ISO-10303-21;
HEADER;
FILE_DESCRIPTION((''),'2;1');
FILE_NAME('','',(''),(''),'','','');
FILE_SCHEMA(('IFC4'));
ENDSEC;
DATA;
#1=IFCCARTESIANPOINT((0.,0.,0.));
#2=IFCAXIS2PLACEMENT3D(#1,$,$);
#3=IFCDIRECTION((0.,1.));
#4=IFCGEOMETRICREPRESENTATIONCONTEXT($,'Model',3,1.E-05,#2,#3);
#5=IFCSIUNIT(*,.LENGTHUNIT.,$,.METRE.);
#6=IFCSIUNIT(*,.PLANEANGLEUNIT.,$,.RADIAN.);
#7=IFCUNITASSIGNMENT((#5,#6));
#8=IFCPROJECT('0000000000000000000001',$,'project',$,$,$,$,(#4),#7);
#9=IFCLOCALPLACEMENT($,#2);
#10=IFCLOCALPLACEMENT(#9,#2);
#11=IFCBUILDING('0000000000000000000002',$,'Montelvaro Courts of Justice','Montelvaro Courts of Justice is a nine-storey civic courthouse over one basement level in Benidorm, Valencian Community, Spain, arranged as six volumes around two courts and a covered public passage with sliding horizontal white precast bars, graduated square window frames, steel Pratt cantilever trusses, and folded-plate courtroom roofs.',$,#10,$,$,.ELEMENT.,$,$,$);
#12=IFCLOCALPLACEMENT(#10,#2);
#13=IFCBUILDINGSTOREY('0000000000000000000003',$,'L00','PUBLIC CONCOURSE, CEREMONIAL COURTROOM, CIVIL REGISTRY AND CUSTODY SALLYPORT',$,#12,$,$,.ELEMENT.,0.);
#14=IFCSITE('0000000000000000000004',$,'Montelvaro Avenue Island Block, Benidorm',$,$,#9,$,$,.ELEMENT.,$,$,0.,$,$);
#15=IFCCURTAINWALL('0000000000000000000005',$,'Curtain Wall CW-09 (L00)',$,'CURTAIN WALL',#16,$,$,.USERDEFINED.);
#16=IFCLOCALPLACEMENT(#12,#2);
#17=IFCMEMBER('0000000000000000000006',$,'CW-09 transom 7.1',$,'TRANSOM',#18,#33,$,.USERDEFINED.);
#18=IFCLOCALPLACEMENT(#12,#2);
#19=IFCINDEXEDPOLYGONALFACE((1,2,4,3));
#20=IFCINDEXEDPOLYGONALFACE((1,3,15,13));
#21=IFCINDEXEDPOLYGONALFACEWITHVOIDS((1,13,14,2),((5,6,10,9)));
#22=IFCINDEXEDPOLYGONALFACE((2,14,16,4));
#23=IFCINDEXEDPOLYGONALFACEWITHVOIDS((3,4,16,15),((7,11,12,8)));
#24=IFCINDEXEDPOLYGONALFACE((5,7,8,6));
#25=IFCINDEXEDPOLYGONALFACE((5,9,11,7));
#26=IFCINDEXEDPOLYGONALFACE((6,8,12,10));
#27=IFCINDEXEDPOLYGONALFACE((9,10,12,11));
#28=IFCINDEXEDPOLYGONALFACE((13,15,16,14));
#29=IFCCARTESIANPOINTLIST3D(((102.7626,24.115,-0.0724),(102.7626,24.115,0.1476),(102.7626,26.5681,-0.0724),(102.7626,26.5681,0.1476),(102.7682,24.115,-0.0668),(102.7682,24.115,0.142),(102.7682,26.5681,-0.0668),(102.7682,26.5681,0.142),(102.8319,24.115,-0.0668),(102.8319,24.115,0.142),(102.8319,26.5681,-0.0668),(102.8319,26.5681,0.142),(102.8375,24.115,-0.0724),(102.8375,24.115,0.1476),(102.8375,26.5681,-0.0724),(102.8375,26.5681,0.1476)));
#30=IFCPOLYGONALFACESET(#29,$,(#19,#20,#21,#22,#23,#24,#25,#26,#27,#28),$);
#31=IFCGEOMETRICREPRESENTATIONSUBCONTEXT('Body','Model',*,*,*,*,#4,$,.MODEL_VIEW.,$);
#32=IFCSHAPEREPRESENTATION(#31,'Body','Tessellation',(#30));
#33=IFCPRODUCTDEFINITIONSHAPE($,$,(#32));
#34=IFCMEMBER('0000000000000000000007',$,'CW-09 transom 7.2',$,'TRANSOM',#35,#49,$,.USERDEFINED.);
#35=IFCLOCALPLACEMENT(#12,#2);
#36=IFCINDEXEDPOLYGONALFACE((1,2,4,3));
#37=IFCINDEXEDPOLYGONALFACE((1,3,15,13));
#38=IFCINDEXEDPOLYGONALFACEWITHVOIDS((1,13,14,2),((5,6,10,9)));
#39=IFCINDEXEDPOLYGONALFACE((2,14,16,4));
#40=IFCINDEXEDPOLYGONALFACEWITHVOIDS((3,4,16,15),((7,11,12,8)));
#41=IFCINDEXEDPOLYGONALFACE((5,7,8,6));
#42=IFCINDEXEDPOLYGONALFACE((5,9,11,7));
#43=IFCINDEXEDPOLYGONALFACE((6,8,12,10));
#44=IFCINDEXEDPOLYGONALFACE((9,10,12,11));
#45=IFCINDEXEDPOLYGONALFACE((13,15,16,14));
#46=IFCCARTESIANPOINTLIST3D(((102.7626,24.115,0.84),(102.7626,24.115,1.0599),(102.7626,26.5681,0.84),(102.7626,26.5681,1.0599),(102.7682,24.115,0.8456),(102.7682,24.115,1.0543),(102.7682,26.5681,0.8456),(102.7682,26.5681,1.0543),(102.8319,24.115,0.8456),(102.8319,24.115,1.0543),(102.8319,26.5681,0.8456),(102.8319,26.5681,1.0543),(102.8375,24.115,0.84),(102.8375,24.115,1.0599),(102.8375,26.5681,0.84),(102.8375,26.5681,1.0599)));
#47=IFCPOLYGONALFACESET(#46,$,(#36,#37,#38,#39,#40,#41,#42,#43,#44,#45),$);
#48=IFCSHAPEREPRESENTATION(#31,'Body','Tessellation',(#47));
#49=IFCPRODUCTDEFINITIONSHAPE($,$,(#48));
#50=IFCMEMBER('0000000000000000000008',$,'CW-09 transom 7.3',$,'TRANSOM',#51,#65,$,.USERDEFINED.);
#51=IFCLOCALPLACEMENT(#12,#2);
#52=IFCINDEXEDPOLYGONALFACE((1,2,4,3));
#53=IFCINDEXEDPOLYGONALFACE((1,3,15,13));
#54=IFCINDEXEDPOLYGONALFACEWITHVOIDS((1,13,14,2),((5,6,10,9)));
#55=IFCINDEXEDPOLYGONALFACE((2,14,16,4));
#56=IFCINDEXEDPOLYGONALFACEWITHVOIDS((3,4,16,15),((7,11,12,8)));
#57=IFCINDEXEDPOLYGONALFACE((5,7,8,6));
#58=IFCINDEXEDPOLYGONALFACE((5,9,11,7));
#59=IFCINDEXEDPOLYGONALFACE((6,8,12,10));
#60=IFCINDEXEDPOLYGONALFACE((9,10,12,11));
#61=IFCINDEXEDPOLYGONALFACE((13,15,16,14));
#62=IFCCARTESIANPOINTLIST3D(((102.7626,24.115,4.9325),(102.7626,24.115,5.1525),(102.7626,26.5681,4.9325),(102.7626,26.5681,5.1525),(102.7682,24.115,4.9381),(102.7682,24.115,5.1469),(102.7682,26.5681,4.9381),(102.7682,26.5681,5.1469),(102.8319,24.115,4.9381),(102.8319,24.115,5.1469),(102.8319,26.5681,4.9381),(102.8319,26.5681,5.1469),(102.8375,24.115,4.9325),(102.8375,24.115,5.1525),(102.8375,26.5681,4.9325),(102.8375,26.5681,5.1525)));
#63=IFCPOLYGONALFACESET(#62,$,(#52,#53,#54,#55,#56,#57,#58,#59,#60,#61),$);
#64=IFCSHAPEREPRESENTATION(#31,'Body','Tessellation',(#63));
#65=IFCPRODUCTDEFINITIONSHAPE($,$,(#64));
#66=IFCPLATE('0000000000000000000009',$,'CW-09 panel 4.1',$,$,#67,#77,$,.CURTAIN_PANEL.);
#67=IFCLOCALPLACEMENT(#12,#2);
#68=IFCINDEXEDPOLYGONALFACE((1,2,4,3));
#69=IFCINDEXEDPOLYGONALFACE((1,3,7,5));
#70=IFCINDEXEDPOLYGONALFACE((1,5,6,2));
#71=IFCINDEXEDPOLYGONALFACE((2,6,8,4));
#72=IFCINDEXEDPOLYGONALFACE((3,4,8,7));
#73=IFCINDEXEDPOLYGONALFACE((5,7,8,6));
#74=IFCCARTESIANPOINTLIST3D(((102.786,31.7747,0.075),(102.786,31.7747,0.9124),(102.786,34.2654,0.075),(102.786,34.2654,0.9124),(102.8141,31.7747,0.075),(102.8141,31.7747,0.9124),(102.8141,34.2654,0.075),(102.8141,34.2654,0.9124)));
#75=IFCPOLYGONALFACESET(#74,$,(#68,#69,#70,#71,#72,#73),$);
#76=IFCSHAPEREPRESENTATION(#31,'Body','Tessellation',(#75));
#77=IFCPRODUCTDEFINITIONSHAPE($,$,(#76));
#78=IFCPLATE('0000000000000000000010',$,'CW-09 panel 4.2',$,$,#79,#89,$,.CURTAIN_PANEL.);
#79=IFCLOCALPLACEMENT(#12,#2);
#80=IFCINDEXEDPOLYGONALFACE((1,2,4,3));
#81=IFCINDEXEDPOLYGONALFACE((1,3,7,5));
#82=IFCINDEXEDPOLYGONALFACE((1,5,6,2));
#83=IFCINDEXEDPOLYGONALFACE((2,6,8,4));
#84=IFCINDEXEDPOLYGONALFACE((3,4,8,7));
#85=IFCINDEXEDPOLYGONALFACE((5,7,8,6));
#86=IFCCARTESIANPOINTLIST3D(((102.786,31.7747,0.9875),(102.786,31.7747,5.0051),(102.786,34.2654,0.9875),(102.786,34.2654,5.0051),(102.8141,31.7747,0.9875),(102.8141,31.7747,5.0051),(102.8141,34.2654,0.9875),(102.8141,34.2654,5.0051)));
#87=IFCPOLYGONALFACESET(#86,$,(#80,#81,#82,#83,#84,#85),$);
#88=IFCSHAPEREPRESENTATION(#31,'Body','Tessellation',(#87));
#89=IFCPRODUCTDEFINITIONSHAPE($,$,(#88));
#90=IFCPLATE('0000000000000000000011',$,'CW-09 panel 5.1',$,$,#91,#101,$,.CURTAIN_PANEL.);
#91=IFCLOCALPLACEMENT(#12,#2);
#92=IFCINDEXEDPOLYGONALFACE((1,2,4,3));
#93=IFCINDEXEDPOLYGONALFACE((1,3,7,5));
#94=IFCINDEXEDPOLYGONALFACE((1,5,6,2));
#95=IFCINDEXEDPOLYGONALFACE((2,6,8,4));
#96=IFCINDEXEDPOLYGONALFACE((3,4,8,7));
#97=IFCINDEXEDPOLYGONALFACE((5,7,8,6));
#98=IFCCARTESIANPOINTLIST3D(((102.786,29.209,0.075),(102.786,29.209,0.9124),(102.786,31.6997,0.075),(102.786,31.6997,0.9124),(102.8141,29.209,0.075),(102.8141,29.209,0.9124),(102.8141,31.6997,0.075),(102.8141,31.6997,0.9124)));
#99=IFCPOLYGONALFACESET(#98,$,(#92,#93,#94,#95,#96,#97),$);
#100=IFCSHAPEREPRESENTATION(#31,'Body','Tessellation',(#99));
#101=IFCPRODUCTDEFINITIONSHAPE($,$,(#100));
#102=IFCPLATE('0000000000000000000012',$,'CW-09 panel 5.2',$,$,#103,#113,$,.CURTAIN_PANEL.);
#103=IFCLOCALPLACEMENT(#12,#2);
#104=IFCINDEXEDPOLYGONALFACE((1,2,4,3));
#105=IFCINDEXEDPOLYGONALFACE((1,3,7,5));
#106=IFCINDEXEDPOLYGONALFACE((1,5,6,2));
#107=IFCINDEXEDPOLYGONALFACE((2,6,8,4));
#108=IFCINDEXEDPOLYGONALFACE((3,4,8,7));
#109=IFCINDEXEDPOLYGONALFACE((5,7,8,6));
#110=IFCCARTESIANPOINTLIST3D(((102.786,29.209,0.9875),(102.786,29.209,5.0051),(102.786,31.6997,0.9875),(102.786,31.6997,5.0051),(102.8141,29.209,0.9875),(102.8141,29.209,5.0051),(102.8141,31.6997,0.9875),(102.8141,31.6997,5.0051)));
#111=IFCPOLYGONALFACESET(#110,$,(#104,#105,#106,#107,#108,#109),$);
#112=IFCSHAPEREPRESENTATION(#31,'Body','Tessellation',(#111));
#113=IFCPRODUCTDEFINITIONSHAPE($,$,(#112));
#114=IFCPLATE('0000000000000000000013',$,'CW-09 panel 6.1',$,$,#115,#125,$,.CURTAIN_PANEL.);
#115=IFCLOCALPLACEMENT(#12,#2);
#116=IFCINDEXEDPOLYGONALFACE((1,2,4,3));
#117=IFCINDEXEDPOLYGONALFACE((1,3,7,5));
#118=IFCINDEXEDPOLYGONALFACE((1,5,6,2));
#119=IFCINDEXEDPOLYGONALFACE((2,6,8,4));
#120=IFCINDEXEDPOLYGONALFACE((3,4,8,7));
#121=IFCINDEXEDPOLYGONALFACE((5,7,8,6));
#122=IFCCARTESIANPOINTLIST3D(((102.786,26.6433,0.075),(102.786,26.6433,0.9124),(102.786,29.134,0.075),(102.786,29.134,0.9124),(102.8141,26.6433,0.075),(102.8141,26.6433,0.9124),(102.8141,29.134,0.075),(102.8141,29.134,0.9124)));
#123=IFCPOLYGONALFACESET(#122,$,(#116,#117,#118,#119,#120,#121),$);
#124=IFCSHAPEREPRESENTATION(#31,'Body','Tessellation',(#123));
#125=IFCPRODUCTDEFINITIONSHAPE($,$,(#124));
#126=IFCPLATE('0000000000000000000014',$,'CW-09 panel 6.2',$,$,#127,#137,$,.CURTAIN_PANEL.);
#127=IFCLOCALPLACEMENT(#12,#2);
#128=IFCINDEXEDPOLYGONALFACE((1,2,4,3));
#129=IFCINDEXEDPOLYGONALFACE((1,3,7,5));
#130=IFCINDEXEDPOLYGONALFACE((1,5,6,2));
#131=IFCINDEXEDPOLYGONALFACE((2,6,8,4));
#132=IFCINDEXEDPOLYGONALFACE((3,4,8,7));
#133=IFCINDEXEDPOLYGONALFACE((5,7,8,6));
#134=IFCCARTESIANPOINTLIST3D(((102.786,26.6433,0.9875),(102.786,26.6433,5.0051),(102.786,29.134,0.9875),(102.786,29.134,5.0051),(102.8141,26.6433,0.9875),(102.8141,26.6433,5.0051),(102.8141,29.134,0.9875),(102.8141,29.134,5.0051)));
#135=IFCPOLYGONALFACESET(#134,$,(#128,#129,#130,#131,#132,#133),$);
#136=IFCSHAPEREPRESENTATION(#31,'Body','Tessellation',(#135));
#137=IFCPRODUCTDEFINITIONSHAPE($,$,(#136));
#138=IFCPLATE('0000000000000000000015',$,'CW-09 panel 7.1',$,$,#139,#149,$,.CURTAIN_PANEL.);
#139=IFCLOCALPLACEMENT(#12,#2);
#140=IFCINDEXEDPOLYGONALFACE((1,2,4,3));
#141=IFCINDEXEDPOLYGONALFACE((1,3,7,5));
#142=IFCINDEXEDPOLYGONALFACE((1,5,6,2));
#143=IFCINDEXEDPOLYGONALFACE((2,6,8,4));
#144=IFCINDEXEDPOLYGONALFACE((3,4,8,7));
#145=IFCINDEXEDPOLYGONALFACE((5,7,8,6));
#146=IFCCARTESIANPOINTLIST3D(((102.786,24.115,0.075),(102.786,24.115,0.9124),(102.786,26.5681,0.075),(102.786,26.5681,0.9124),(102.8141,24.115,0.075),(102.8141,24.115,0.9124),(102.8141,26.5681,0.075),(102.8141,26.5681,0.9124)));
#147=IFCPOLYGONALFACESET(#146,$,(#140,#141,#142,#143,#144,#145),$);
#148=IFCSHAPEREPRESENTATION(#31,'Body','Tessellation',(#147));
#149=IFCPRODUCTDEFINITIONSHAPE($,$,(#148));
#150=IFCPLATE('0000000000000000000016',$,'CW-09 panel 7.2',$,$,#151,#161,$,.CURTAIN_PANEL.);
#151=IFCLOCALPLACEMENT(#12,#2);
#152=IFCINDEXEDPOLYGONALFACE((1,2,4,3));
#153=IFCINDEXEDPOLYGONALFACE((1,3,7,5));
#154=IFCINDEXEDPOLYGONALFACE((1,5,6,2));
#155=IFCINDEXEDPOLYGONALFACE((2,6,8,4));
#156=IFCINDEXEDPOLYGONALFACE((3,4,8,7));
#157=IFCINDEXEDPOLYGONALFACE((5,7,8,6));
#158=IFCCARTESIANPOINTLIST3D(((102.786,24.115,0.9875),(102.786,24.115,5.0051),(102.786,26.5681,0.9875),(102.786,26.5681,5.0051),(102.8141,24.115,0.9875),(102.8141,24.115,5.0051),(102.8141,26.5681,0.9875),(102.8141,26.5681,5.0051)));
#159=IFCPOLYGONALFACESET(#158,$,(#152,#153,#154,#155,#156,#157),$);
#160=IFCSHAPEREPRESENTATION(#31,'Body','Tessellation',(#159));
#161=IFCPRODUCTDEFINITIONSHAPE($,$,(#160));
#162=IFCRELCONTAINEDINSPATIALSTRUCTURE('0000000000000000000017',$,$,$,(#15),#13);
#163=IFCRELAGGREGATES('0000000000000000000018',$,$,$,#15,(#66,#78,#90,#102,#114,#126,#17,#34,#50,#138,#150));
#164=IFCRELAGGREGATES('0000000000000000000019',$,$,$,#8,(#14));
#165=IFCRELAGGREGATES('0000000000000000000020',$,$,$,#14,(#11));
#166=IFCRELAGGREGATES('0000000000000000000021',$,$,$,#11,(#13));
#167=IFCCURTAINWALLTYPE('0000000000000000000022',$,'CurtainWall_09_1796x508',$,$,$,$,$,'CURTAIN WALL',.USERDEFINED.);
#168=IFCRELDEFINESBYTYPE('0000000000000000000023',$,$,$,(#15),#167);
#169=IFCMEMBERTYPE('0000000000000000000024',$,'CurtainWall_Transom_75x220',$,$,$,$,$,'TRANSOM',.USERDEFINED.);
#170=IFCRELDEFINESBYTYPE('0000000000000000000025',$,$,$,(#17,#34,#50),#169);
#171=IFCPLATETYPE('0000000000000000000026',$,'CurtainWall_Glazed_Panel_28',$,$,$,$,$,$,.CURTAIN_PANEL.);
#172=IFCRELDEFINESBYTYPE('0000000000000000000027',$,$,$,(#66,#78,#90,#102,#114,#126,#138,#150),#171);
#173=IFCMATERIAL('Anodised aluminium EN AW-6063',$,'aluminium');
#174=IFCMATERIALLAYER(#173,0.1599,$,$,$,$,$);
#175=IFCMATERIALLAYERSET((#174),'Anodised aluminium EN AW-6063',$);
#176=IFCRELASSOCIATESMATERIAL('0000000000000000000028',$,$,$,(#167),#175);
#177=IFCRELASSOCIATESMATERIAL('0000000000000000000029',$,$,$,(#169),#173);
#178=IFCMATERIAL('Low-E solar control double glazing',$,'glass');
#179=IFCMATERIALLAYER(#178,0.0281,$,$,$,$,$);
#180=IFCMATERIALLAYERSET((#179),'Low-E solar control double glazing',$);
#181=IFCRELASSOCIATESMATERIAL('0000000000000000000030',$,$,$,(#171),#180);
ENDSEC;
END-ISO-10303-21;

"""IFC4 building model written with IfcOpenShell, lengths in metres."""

from ifc_helpers import new_model, si_unit, direction, frame, origin, origin_2d, place, context, subcontext, project, spatial, rectangle, hollow_rectangle, extrude, material, layer, layer_set, material_profile, profile_set, type_object, element, aggregate, save


model = new_model("IFC4")

# Units and contexts
model_context = context("Model", 3, precision=1e-05, world=origin(), true_north=direction((0.0, 1.0)))
body_context = subcontext(model_context, "Body", "Model", "MODEL_VIEW")
ifc_project = project(units=[si_unit("LENGTHUNIT", "METRE"), si_unit("PLANEANGLEUNIT", "RADIAN")], contexts=[model_context])

# Site, building, storey
site_placement = place(None, origin())
site = spatial("IfcSite", under=ifc_project, at=site_placement, Name="Montelvaro Avenue Island Block, Benidorm", CompositionType="ELEMENT", RefElevation=0.0)
building_placement = place(site_placement, origin())
building = spatial("IfcBuilding", under=site, at=building_placement, Name="Montelvaro Courts of Justice", Description="Montelvaro Courts of Justice is a nine-storey civic courthouse over one basement level in Benidorm, Valencian Community, Spain, arranged as six volumes around two courts and a covered public passage with sliding horizontal white precast bars, graduated square window frames, steel Pratt cantilever trusses, and folded-plate courtroom roofs.", CompositionType="ELEMENT")
storey_placement = place(building_placement, origin())
storey = spatial("IfcBuildingStorey", under=building, at=storey_placement, Name="L00", Description="PUBLIC CONCOURSE, CEREMONIAL COURTROOM, CIVIL REGISTRY AND CUSTODY SALLYPORT", CompositionType="ELEMENT", Elevation=0.0)

# Curtain wall, members, plates
ifc_material_1 = material(Name="Anodised aluminium EN AW-6063", Category="aluminium")
ifc_layer_1 = layer(ifc_material_1, 0.1599)
ifc_layer_set_1 = layer_set([ifc_layer_1], Name="Anodised aluminium EN AW-6063")
curtain_wall_type = type_object("IfcCurtainWallType", Name="CurtainWall_09_1796x508", ElementType="CURTAIN WALL", PredefinedType="USERDEFINED", material=ifc_layer_set_1)
curtain_wall_placement = place(storey_placement, origin())
curtain_wall = element("IfcCurtainWall", 1, at=curtain_wall_placement, inside=storey, type_object=curtain_wall_type, Name="Curtain Wall CW-09 (L00)", ObjectType="CURTAIN WALL", PredefinedType="USERDEFINED")
ifc_material_profile_1 = material_profile(ifc_material_1, hollow_rectangle(XDim=0.075, YDim=0.22, WallThickness=0.0056, at=origin_2d()), Name="ALU-T 75x220")
ifc_profile_set_1 = profile_set([ifc_material_profile_1], Name="Anodised aluminium EN AW-6063")
member_type_1 = type_object("IfcMemberType", Name="CurtainWall_Transom_75x220", ElementType="TRANSOM", PredefinedType="USERDEFINED", material=ifc_profile_set_1)
member_1_placement = place(storey_placement, frame((102.8, 26.5681, 0.0376), z_axis=(0.0, -1.0, 0.0), x_axis=(1.0, 0.0, 0.0)))
member_1 = element("IfcMember", 2, at=member_1_placement, type_object=member_type_1, Name="CW-09 transom 7.1", ObjectType="TRANSOM", PredefinedType="USERDEFINED", context=body_context, shape_type="SweptSolid", body=[
    extrude(hollow_rectangle(XDim=0.075, YDim=0.22, WallThickness=0.0056, at=origin_2d()), origin(), (0.0, 0.0, 1.0), 2.4531),
])
member_2_placement = place(storey_placement, frame((102.8, 26.5681, 0.95), z_axis=(0.0, -1.0, 0.0), x_axis=(1.0, 0.0, 0.0)))
member_2 = element("IfcMember", 3, at=member_2_placement, type_object=member_type_1, Name="CW-09 transom 7.2", ObjectType="TRANSOM", PredefinedType="USERDEFINED", context=body_context, shape_type="SweptSolid", body=[
    extrude(hollow_rectangle(XDim=0.075, YDim=0.22, WallThickness=0.0056, at=origin_2d()), origin(), (0.0, 0.0, 1.0), 2.4531),
])
member_3_placement = place(storey_placement, frame((102.8, 26.5681, 5.0425), z_axis=(0.0, -1.0, 0.0), x_axis=(1.0, 0.0, 0.0)))
member_3 = element("IfcMember", 4, at=member_3_placement, type_object=member_type_1, Name="CW-09 transom 7.3", ObjectType="TRANSOM", PredefinedType="USERDEFINED", context=body_context, shape_type="SweptSolid", body=[
    extrude(hollow_rectangle(XDim=0.075, YDim=0.22, WallThickness=0.0056, at=origin_2d()), origin(), (0.0, 0.0, 1.0), 2.4531),
])
ifc_material_2 = material(Name="Low-E solar control double glazing", Category="glass")
ifc_layer_2 = layer(ifc_material_2, 0.0281)
ifc_layer_set_2 = layer_set([ifc_layer_2], Name="Low-E solar control double glazing")
plate_type = type_object("IfcPlateType", Name="CurtainWall_Glazed_Panel_28", PredefinedType="CURTAIN_PANEL", material=ifc_layer_set_2)
plate_1_placement = place(storey_placement, frame((102.8, 33.02, 0.075), z_axis=(0.0, 0.0, 1.0), x_axis=(0.0, -1.0, 0.0)))
plate_1 = element("IfcPlate", 5, at=plate_1_placement, type_object=plate_type, Name="CW-09 panel 4.1", PredefinedType="CURTAIN_PANEL", context=body_context, shape_type="SweptSolid", body=[
    extrude(rectangle(XDim=2.4907, YDim=0.0281, at=origin_2d()), origin(), (0.0, 0.0, 1.0), 0.8374),
])
plate_2_placement = place(storey_placement, frame((102.8, 33.02, 0.9875), z_axis=(0.0, 0.0, 1.0), x_axis=(0.0, -1.0, 0.0)))
plate_2 = element("IfcPlate", 6, at=plate_2_placement, type_object=plate_type, Name="CW-09 panel 4.2", PredefinedType="CURTAIN_PANEL", context=body_context, shape_type="SweptSolid", body=[
    extrude(rectangle(XDim=2.4907, YDim=0.0281, at=origin_2d()), origin(), (0.0, 0.0, 1.0), 4.0176),
])
plate_3_placement = place(storey_placement, frame((102.8, 30.4543, 0.075), z_axis=(0.0, 0.0, 1.0), x_axis=(0.0, -1.0, 0.0)))
plate_3 = element("IfcPlate", 7, at=plate_3_placement, type_object=plate_type, Name="CW-09 panel 5.1", PredefinedType="CURTAIN_PANEL", context=body_context, shape_type="SweptSolid", body=[
    extrude(rectangle(XDim=2.4907, YDim=0.0281, at=origin_2d()), origin(), (0.0, 0.0, 1.0), 0.8374),
])
plate_4_placement = place(storey_placement, frame((102.8, 30.4543, 0.9875), z_axis=(0.0, 0.0, 1.0), x_axis=(0.0, -1.0, 0.0)))
plate_4 = element("IfcPlate", 8, at=plate_4_placement, type_object=plate_type, Name="CW-09 panel 5.2", PredefinedType="CURTAIN_PANEL", context=body_context, shape_type="SweptSolid", body=[
    extrude(rectangle(XDim=2.4907, YDim=0.0281, at=origin_2d()), origin(), (0.0, 0.0, 1.0), 4.0176),
])
plate_5_placement = place(storey_placement, frame((102.8, 27.8887, 0.075), z_axis=(0.0, 0.0, 1.0), x_axis=(0.0, -1.0, 0.0)))
plate_5 = element("IfcPlate", 9, at=plate_5_placement, type_object=plate_type, Name="CW-09 panel 6.1", PredefinedType="CURTAIN_PANEL", context=body_context, shape_type="SweptSolid", body=[
    extrude(rectangle(XDim=2.4907, YDim=0.0281, at=origin_2d()), origin(), (0.0, 0.0, 1.0), 0.8374),
])
plate_6_placement = place(storey_placement, frame((102.8, 27.8887, 0.9875), z_axis=(0.0, 0.0, 1.0), x_axis=(0.0, -1.0, 0.0)))
plate_6 = element("IfcPlate", 10, at=plate_6_placement, type_object=plate_type, Name="CW-09 panel 6.2", PredefinedType="CURTAIN_PANEL", context=body_context, shape_type="SweptSolid", body=[
    extrude(rectangle(XDim=2.4907, YDim=0.0281, at=origin_2d()), origin(), (0.0, 0.0, 1.0), 4.0176),
])
plate_7_placement = place(storey_placement, frame((102.8, 25.3416, 0.075), z_axis=(0.0, 0.0, 1.0), x_axis=(0.0, -1.0, 0.0)))
plate_7 = element("IfcPlate", 11, at=plate_7_placement, type_object=plate_type, Name="CW-09 panel 7.1", PredefinedType="CURTAIN_PANEL", context=body_context, shape_type="SweptSolid", body=[
    extrude(rectangle(XDim=2.4531, YDim=0.0281, at=origin_2d()), origin(), (0.0, 0.0, 1.0), 0.8374),
])
plate_8_placement = place(storey_placement, frame((102.8, 25.3416, 0.9875), z_axis=(0.0, 0.0, 1.0), x_axis=(0.0, -1.0, 0.0)))
plate_8 = element("IfcPlate", 12, at=plate_8_placement, type_object=plate_type, Name="CW-09 panel 7.2", PredefinedType="CURTAIN_PANEL", context=body_context, shape_type="SweptSolid", body=[
    extrude(rectangle(XDim=2.4531, YDim=0.0281, at=origin_2d()), origin(), (0.0, 0.0, 1.0), 4.0176),
])
aggregate(curtain_wall, [plate_1, plate_2, plate_3, plate_4, plate_5, plate_6, member_1, member_2, member_3, plate_7, plate_8])

save(model, "model.ifc")
